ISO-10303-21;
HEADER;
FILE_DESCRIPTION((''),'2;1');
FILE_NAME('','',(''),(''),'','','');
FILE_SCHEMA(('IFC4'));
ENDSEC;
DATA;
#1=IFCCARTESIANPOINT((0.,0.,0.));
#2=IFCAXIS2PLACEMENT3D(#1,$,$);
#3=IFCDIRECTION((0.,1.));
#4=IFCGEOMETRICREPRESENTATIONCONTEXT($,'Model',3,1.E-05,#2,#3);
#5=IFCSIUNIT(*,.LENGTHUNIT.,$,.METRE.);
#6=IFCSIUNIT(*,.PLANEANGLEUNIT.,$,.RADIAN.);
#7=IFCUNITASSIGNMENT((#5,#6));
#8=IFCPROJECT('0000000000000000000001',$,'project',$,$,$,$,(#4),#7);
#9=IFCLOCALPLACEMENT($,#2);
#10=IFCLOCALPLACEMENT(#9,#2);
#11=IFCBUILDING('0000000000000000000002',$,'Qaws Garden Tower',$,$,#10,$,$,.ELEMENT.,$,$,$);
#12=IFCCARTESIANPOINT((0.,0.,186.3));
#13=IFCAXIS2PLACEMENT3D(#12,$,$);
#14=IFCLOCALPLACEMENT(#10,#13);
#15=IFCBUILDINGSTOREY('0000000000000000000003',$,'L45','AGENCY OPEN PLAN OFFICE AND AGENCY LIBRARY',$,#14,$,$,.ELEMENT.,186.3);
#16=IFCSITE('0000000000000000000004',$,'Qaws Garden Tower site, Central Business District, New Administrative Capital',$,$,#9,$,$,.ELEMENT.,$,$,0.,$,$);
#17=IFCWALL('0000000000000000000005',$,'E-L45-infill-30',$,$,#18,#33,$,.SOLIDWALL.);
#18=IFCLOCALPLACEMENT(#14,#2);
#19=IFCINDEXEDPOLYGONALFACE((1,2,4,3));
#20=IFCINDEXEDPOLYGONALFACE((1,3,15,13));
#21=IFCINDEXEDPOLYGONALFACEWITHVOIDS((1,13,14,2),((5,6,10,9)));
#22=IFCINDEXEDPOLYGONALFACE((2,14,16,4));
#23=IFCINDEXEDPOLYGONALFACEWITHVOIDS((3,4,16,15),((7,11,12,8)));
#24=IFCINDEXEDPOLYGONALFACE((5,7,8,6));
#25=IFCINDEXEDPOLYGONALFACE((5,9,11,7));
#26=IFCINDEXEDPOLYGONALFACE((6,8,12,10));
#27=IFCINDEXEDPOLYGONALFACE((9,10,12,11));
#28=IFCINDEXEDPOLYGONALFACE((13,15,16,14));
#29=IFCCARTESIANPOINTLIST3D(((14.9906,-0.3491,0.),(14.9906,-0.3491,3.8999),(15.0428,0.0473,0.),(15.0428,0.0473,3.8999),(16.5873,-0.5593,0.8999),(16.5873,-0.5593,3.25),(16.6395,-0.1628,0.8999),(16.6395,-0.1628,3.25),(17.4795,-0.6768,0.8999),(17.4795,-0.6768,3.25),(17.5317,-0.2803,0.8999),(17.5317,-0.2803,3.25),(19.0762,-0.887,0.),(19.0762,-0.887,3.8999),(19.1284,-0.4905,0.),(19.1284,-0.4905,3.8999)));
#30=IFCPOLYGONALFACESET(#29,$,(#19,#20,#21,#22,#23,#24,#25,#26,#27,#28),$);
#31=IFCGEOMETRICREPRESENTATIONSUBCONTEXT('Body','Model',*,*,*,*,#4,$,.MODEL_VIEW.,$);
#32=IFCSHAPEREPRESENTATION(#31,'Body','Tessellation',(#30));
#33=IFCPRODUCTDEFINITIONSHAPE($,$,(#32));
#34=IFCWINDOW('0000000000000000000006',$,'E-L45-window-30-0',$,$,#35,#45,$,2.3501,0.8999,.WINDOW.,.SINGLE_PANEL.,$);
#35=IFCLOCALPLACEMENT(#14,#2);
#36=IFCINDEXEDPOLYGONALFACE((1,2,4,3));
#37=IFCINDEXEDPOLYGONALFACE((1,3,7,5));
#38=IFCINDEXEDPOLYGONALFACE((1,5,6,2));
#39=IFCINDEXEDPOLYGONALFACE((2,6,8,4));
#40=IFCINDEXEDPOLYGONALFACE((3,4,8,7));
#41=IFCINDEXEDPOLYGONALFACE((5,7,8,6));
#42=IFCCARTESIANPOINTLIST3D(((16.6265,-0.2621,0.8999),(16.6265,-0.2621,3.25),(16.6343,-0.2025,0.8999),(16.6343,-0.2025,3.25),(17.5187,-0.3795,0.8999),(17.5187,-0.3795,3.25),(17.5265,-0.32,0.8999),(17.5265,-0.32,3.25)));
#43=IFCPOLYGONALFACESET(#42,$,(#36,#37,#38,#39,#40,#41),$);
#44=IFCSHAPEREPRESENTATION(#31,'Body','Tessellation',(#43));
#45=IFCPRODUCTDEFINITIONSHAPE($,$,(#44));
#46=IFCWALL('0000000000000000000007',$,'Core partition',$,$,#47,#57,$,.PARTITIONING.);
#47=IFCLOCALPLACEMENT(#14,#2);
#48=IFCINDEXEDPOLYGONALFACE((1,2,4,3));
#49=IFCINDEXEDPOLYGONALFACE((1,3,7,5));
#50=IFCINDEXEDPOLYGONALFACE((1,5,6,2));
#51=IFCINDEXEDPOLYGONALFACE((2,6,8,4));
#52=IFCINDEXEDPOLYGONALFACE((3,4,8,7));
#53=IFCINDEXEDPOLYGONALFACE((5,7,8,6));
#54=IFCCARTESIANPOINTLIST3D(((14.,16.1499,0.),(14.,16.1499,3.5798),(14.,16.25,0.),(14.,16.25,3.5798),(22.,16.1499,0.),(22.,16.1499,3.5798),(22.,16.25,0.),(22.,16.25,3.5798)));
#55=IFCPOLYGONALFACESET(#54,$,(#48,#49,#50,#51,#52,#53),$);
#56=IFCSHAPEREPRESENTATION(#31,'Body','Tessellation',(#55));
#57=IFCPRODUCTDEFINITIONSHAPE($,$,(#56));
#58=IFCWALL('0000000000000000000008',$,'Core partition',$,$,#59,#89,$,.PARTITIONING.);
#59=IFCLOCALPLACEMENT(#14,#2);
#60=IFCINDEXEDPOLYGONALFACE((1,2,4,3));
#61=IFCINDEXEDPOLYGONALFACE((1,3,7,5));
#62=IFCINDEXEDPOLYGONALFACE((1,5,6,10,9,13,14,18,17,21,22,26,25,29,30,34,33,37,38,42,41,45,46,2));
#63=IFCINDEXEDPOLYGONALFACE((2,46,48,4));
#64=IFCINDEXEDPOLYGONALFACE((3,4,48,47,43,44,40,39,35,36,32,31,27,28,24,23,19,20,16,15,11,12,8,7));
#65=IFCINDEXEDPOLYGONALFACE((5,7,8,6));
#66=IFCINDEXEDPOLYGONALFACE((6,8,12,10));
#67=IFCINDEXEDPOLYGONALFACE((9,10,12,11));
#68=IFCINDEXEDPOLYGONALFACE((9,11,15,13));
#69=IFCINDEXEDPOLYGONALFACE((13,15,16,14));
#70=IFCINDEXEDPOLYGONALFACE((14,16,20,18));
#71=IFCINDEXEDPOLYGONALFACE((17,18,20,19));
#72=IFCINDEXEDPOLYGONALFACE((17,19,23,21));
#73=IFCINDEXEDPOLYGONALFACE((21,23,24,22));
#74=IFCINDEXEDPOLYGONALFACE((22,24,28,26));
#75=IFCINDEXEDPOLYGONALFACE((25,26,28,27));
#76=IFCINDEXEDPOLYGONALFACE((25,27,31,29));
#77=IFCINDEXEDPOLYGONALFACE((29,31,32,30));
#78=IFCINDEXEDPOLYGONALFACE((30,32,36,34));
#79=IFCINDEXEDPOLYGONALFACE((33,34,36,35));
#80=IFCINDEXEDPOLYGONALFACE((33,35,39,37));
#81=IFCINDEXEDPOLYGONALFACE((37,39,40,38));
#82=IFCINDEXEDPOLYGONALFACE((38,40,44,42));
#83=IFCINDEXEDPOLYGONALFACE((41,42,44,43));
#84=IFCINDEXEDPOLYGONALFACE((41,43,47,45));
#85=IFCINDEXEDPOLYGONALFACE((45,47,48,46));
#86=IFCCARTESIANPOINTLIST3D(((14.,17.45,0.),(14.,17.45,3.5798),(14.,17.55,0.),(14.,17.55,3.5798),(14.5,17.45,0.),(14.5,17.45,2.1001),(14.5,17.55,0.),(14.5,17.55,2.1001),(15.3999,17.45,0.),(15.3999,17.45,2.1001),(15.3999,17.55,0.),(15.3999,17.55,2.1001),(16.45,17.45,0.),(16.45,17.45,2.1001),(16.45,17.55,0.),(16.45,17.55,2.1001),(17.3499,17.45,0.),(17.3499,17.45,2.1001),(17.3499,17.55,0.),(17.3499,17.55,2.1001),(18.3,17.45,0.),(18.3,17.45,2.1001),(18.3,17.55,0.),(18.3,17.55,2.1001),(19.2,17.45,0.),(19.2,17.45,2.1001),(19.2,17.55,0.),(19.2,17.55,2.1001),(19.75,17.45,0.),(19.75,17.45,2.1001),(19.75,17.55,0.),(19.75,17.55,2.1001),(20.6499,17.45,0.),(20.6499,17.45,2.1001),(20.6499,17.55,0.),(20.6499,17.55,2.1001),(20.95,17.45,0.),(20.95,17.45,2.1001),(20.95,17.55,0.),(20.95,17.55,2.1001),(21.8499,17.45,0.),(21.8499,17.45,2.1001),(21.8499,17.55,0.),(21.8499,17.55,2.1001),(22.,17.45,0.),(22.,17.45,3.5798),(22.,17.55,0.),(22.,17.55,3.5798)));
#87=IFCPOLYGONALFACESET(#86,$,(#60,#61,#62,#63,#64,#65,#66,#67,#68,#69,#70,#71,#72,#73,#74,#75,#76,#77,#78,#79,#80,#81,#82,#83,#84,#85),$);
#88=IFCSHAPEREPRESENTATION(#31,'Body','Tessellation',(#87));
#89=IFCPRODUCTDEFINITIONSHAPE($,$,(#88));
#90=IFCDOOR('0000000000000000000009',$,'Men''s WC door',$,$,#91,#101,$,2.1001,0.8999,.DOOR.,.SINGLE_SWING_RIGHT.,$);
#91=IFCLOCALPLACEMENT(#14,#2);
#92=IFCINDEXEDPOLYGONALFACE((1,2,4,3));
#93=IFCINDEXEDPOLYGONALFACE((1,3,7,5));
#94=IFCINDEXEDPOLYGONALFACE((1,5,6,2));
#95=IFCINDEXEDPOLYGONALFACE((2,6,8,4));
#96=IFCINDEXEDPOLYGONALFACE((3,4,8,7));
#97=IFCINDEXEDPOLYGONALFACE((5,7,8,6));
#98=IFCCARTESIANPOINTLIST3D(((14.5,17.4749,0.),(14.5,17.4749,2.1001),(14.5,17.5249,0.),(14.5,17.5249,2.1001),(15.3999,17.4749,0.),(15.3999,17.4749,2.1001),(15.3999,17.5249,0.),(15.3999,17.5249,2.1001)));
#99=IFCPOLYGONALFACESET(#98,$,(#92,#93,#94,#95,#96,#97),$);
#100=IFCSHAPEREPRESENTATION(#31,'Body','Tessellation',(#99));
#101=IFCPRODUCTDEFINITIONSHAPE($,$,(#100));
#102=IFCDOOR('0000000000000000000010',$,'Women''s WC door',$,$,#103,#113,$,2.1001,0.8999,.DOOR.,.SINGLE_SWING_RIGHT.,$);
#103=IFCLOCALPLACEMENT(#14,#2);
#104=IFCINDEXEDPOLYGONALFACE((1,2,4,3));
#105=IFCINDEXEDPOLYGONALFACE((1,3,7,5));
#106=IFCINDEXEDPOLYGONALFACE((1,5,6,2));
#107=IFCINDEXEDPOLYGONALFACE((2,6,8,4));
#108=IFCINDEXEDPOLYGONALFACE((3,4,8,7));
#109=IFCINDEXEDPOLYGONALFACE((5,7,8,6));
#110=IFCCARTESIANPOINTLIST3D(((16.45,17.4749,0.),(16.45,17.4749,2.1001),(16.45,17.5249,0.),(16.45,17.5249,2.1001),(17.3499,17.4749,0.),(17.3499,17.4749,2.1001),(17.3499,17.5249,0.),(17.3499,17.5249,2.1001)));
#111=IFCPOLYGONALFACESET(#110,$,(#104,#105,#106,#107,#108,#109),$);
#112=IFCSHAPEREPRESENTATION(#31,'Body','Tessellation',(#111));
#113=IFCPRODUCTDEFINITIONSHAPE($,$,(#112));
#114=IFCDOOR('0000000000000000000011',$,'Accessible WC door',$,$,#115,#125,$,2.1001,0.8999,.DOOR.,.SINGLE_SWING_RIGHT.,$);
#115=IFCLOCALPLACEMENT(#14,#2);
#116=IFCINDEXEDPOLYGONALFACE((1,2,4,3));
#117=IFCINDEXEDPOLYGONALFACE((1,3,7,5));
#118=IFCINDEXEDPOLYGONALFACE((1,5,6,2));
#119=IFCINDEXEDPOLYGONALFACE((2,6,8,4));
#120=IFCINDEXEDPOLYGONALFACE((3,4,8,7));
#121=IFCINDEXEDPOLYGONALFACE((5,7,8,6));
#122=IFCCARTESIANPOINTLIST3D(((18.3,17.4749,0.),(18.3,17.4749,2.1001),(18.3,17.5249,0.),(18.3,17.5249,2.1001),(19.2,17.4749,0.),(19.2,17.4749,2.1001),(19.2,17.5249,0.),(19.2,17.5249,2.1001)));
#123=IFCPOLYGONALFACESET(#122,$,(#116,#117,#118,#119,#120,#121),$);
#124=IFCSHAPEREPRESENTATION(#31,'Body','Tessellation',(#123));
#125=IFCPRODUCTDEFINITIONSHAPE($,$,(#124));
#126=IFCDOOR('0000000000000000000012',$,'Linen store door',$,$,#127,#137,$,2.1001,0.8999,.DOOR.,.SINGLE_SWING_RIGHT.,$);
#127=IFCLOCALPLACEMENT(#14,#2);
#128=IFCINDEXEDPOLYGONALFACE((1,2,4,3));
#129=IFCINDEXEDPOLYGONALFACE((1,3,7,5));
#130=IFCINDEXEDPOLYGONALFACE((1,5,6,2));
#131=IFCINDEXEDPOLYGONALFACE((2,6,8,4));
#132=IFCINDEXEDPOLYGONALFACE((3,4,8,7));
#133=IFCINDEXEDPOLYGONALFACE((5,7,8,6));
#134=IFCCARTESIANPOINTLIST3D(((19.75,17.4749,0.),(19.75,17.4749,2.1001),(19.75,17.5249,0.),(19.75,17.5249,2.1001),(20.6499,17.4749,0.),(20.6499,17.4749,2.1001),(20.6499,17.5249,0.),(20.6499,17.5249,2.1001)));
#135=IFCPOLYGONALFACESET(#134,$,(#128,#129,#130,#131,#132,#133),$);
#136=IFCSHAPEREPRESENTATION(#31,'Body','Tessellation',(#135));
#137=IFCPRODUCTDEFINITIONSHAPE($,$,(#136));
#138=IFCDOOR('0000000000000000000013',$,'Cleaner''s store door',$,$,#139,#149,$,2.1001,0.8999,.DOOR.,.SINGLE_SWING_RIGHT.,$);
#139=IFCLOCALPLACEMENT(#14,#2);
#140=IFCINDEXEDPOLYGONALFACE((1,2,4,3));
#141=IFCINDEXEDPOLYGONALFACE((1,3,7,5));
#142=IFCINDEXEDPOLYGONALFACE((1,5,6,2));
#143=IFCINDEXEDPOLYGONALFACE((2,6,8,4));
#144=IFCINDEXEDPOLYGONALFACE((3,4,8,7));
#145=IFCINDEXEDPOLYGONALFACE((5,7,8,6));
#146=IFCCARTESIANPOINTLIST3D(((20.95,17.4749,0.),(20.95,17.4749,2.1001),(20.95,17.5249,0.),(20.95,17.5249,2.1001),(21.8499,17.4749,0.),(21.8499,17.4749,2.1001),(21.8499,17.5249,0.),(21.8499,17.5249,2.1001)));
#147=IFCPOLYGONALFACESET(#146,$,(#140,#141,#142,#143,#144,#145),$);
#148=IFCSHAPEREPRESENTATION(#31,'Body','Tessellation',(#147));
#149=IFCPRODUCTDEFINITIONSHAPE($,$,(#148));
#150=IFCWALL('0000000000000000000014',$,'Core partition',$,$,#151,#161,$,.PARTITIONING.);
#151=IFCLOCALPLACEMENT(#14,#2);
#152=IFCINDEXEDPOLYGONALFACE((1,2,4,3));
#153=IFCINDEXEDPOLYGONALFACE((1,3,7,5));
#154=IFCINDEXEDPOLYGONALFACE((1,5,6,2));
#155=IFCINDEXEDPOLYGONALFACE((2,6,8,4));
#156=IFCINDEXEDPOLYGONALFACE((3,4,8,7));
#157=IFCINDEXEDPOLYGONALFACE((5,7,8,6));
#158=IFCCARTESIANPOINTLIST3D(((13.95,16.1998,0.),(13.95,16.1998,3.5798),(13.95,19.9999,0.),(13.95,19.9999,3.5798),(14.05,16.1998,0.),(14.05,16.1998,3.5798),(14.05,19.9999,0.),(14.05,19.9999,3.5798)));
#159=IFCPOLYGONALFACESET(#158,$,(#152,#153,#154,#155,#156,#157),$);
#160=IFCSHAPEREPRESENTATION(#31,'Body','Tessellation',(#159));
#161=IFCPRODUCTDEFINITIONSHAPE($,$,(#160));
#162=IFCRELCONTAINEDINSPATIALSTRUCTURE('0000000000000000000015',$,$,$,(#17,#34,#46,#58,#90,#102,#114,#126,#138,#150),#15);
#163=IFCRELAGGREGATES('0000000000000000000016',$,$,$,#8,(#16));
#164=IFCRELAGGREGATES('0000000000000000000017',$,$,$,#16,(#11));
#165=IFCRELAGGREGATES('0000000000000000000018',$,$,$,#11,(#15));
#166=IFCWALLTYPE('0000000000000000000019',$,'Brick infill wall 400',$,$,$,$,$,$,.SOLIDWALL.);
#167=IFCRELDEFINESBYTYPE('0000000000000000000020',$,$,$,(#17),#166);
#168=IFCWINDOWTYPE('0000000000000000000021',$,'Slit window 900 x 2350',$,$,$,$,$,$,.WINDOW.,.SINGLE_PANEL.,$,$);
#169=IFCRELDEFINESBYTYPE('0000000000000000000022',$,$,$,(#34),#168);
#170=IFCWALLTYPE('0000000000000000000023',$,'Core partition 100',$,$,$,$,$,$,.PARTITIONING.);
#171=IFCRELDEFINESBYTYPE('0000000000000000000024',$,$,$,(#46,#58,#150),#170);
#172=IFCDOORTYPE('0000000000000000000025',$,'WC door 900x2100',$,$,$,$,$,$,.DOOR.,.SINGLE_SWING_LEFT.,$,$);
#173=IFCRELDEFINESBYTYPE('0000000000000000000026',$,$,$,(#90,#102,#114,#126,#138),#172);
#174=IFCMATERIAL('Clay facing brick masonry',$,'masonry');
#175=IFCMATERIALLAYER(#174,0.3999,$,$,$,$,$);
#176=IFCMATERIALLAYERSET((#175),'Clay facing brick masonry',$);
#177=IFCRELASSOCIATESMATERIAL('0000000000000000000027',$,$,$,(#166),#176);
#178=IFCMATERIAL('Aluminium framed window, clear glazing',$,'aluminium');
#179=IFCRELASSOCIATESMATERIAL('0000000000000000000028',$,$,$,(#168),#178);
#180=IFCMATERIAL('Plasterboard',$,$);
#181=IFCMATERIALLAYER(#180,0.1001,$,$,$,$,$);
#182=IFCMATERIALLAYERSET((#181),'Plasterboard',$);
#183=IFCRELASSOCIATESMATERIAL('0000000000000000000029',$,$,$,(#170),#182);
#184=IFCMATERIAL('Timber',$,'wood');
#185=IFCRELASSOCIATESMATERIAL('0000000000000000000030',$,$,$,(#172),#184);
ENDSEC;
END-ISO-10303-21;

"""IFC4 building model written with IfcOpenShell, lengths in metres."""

from ifc_helpers import new_model, si_unit, direction, frame, frame_2d, origin, place, context, subcontext, project, spatial, rectangle, extrude, material, layer, layer_set, type_object, element, fill, save


model = new_model("IFC4")

# Units and contexts
model_context = context("Model", 3, precision=1e-05, world=origin(), true_north=direction((0.0, 1.0)))
body_context = subcontext(model_context, "Body", "Model", "MODEL_VIEW")
ifc_project = project(units=[si_unit("LENGTHUNIT", "METRE"), si_unit("PLANEANGLEUNIT", "RADIAN")], contexts=[model_context])

# Site, building, storey
site_placement = place(None, origin())
site = spatial("IfcSite", under=ifc_project, at=site_placement, Name="Qaws Garden Tower site, Central Business District, New Administrative Capital", CompositionType="ELEMENT", RefElevation=0.0)
building_placement = place(site_placement, origin())
building = spatial("IfcBuilding", under=site, at=building_placement, Name="Qaws Garden Tower", CompositionType="ELEMENT")
storey_placement = place(building_placement, frame((0.0, 0.0, 186.3)))
storey = spatial("IfcBuildingStorey", under=building, at=storey_placement, Name="L45", Description="AGENCY OPEN PLAN OFFICE AND AGENCY LIBRARY", CompositionType="ELEMENT", Elevation=186.3)

# Shared definitions
ifc_material_1 = material(Name="Clay facing brick masonry", Category="masonry")
ifc_layer_1 = layer(ifc_material_1, 0.3999)
ifc_layer_set_1 = layer_set([ifc_layer_1], Name="Clay facing brick masonry")
wall_type_1 = type_object("IfcWallType", Name="Brick infill wall 400", PredefinedType="SOLIDWALL", material=ifc_layer_set_1)
ifc_material_2 = material(Name="Aluminium framed window, clear glazing", Category="aluminium")
window_type = type_object("IfcWindowType", Name="Slit window 900 x 2350", PartitioningType="SINGLE_PANEL", PredefinedType="WINDOW", material=ifc_material_2)

# Wall, opening, window
wall_1_placement = place(storey_placement, frame((15.0166, -0.1509, 0.0), z_axis=(0.0, 0.0, 1.0), x_axis=(0.991446, -0.130514, 0.0)))
wall_1 = element("IfcWall", 1, at=wall_1_placement, inside=storey, type_object=wall_type_1, Name="E-L45-infill-30", PredefinedType="SOLIDWALL", context=body_context, shape_type="SweptSolid", body=[
    extrude(rectangle(XDim=4.1208, YDim=0.3999, at=frame_2d((2.0605, 0.0))), origin(), (0.0, 0.0, 1.0), 3.8999),
])
opening_1_placement = place(wall_1_placement, frame((1.6106, 0.0, 0.8999)))
opening_1 = element("IfcOpeningElement", 2, at=opening_1_placement, cuts=wall_1, PredefinedType="OPENING", context=body_context, shape_type="SweptSolid", body=[
    extrude(rectangle(XDim=0.8999, YDim=2.3501, at=frame_2d((0.45, 1.175))), frame((0.0, 0.21, 0.0), z_axis=(0.0, -1.0, 0.0), x_axis=(1.0, 0.0, 0.0)), (0.0, 0.0, 1.0), 0.4199),
])
window_1_placement = place(opening_1_placement, origin())
window_1 = element("IfcWindow", 3, at=window_1_placement, inside=storey, type_object=window_type, Name="E-L45-window-30-0", OverallHeight=2.3501, OverallWidth=0.8999, PartitioningType="SINGLE_PANEL", PredefinedType="WINDOW", context=body_context, shape_type="SweptSolid", body=[
    extrude(rectangle(XDim=0.8999, YDim=2.3501, at=frame_2d((0.45, 1.175))), frame((0.0, 0.1599, 0.0), z_axis=(0.0, -1.0, 0.0), x_axis=(1.0, 0.0, 0.0)), (0.0, 0.0, 1.0), 0.0601),
])
fill(opening_1, window_1)

# Wall
ifc_material_3 = material(Name="Plasterboard")
ifc_layer_2 = layer(ifc_material_3, 0.1001)
ifc_layer_set_2 = layer_set([ifc_layer_2], Name="Plasterboard")
wall_type_2 = type_object("IfcWallType", Name="Core partition 100", PredefinedType="PARTITIONING", material=ifc_layer_set_2)
wall_2_placement = place(storey_placement, frame((14.0, 16.2, 0.0), z_axis=(0.0, 0.0, 1.0), x_axis=(1.0, 0.0, 0.0)))
element("IfcWall", 4, at=wall_2_placement, inside=storey, type_object=wall_type_2, Name="Core partition", PredefinedType="PARTITIONING", context=body_context, shape_type="SweptSolid", body=[
    extrude(rectangle(XDim=8.0, YDim=0.1001, at=frame_2d((4.0, 0.0))), origin(), (0.0, 0.0, 1.0), 3.5798),
])

# Wall, openings, doors
wall_3_placement = place(storey_placement, frame((14.0, 17.5, 0.0), z_axis=(0.0, 0.0, 1.0), x_axis=(1.0, 0.0, 0.0)))
wall_3 = element("IfcWall", 5, at=wall_3_placement, inside=storey, type_object=wall_type_2, Name="Core partition", PredefinedType="PARTITIONING", context=body_context, shape_type="SweptSolid", body=[
    extrude(rectangle(XDim=8.0, YDim=0.1001, at=frame_2d((4.0, 0.0))), origin(), (0.0, 0.0, 1.0), 3.5798),
])
opening_2_placement = place(wall_3_placement, frame((0.5, 0.0, 0.0)))
opening_2 = element("IfcOpeningElement", 6, at=opening_2_placement, cuts=wall_3, PredefinedType="OPENING", context=body_context, shape_type="SweptSolid", body=[
    extrude(rectangle(XDim=0.8999, YDim=2.1001, at=frame_2d((0.45, 1.05))), frame((0.0, 0.0601, 0.0), z_axis=(0.0, -1.0, 0.0), x_axis=(1.0, 0.0, 0.0)), (0.0, 0.0, 1.0), 0.1201),
])
opening_3_placement = place(wall_3_placement, frame((2.45, 0.0, 0.0)))
opening_3 = element("IfcOpeningElement", 7, at=opening_3_placement, cuts=wall_3, PredefinedType="OPENING", context=body_context, shape_type="SweptSolid", body=[
    extrude(rectangle(XDim=0.8999, YDim=2.1001, at=frame_2d((0.45, 1.05))), frame((0.0, 0.0601, 0.0), z_axis=(0.0, -1.0, 0.0), x_axis=(1.0, 0.0, 0.0)), (0.0, 0.0, 1.0), 0.1201),
])
opening_4_placement = place(wall_3_placement, frame((4.3, 0.0, 0.0)))
opening_4 = element("IfcOpeningElement", 8, at=opening_4_placement, cuts=wall_3, PredefinedType="OPENING", context=body_context, shape_type="SweptSolid", body=[
    extrude(rectangle(XDim=0.8999, YDim=2.1001, at=frame_2d((0.45, 1.05))), frame((0.0, 0.0601, 0.0), z_axis=(0.0, -1.0, 0.0), x_axis=(1.0, 0.0, 0.0)), (0.0, 0.0, 1.0), 0.1201),
])
opening_5_placement = place(wall_3_placement, frame((5.75, 0.0, 0.0)))
opening_5 = element("IfcOpeningElement", 9, at=opening_5_placement, cuts=wall_3, PredefinedType="OPENING", context=body_context, shape_type="SweptSolid", body=[
    extrude(rectangle(XDim=0.8999, YDim=2.1001, at=frame_2d((0.45, 1.05))), frame((0.0, 0.0601, 0.0), z_axis=(0.0, -1.0, 0.0), x_axis=(1.0, 0.0, 0.0)), (0.0, 0.0, 1.0), 0.1201),
])
opening_6_placement = place(wall_3_placement, frame((6.95, 0.0, 0.0)))
opening_6 = element("IfcOpeningElement", 10, at=opening_6_placement, cuts=wall_3, PredefinedType="OPENING", context=body_context, shape_type="SweptSolid", body=[
    extrude(rectangle(XDim=0.8999, YDim=2.1001, at=frame_2d((0.45, 1.05))), frame((0.0, 0.0601, 0.0), z_axis=(0.0, -1.0, 0.0), x_axis=(1.0, 0.0, 0.0)), (0.0, 0.0, 1.0), 0.1201),
])
ifc_material_4 = material(Name="Timber", Category="wood")
door_type_1 = type_object("IfcDoorType", Name="WC door 900x2100", OperationType="SINGLE_SWING_LEFT", PredefinedType="DOOR", material=ifc_material_4)
door_1_placement = place(opening_2_placement, origin())
door_1 = element("IfcDoor", 11, at=door_1_placement, inside=storey, type_object=door_type_1, Name="Men's WC door", OperationType="SINGLE_SWING_RIGHT", OverallHeight=2.1001, OverallWidth=0.8999, PredefinedType="DOOR", context=body_context, shape_type="SweptSolid", body=[
    extrude(rectangle(XDim=0.8999, YDim=2.1001, at=frame_2d((0.45, 1.05))), frame((0.0, 0.0249, 0.0), z_axis=(0.0, -1.0, 0.0), x_axis=(1.0, 0.0, 0.0)), (0.0, 0.0, 1.0), 0.05),
])
fill(opening_2, door_1)
door_2_placement = place(opening_3_placement, origin())
door_2 = element("IfcDoor", 12, at=door_2_placement, inside=storey, type_object=door_type_1, Name="Women's WC door", OperationType="SINGLE_SWING_RIGHT", OverallHeight=2.1001, OverallWidth=0.8999, PredefinedType="DOOR", context=body_context, shape_type="SweptSolid", body=[
    extrude(rectangle(XDim=0.8999, YDim=2.1001, at=frame_2d((0.45, 1.05))), frame((0.0, 0.0249, 0.0), z_axis=(0.0, -1.0, 0.0), x_axis=(1.0, 0.0, 0.0)), (0.0, 0.0, 1.0), 0.05),
])
fill(opening_3, door_2)
door_3_placement = place(opening_4_placement, origin())
door_3 = element("IfcDoor", 13, at=door_3_placement, inside=storey, type_object=door_type_1, Name="Accessible WC door", OperationType="SINGLE_SWING_RIGHT", OverallHeight=2.1001, OverallWidth=0.8999, PredefinedType="DOOR", context=body_context, shape_type="SweptSolid", body=[
    extrude(rectangle(XDim=0.8999, YDim=2.1001, at=frame_2d((0.45, 1.05))), frame((0.0, 0.0249, 0.0), z_axis=(0.0, -1.0, 0.0), x_axis=(1.0, 0.0, 0.0)), (0.0, 0.0, 1.0), 0.05),
])
fill(opening_4, door_3)
door_4_placement = place(opening_5_placement, origin())
door_4 = element("IfcDoor", 14, at=door_4_placement, inside=storey, type_object=door_type_1, Name="Linen store door", OperationType="SINGLE_SWING_RIGHT", OverallHeight=2.1001, OverallWidth=0.8999, PredefinedType="DOOR", context=body_context, shape_type="SweptSolid", body=[
    extrude(rectangle(XDim=0.8999, YDim=2.1001, at=frame_2d((0.45, 1.05))), frame((0.0, 0.0249, 0.0), z_axis=(0.0, -1.0, 0.0), x_axis=(1.0, 0.0, 0.0)), (0.0, 0.0, 1.0), 0.05),
])
fill(opening_5, door_4)
door_5_placement = place(opening_6_placement, origin())
door_5 = element("IfcDoor", 15, at=door_5_placement, inside=storey, type_object=door_type_1, Name="Cleaner's store door", OperationType="SINGLE_SWING_RIGHT", OverallHeight=2.1001, OverallWidth=0.8999, PredefinedType="DOOR", context=body_context, shape_type="SweptSolid", body=[
    extrude(rectangle(XDim=0.8999, YDim=2.1001, at=frame_2d((0.45, 1.05))), frame((0.0, 0.0249, 0.0), z_axis=(0.0, -1.0, 0.0), x_axis=(1.0, 0.0, 0.0)), (0.0, 0.0, 1.0), 0.05),
])
fill(opening_6, door_5)

# Wall
wall_4_placement = place(storey_placement, frame((14.0, 16.2, 0.0), z_axis=(0.0, 0.0, 1.0), x_axis=(0.0, 1.0, 0.0)))
element("IfcWall", 16, at=wall_4_placement, inside=storey, type_object=wall_type_2, Name="Core partition", PredefinedType="PARTITIONING", context=body_context, shape_type="SweptSolid", body=[
    extrude(rectangle(XDim=3.8, YDim=0.1001, at=frame_2d((1.8999, 0.0))), origin(), (0.0, 0.0, 1.0), 3.5798),
])

save(model, "model.ifc")
